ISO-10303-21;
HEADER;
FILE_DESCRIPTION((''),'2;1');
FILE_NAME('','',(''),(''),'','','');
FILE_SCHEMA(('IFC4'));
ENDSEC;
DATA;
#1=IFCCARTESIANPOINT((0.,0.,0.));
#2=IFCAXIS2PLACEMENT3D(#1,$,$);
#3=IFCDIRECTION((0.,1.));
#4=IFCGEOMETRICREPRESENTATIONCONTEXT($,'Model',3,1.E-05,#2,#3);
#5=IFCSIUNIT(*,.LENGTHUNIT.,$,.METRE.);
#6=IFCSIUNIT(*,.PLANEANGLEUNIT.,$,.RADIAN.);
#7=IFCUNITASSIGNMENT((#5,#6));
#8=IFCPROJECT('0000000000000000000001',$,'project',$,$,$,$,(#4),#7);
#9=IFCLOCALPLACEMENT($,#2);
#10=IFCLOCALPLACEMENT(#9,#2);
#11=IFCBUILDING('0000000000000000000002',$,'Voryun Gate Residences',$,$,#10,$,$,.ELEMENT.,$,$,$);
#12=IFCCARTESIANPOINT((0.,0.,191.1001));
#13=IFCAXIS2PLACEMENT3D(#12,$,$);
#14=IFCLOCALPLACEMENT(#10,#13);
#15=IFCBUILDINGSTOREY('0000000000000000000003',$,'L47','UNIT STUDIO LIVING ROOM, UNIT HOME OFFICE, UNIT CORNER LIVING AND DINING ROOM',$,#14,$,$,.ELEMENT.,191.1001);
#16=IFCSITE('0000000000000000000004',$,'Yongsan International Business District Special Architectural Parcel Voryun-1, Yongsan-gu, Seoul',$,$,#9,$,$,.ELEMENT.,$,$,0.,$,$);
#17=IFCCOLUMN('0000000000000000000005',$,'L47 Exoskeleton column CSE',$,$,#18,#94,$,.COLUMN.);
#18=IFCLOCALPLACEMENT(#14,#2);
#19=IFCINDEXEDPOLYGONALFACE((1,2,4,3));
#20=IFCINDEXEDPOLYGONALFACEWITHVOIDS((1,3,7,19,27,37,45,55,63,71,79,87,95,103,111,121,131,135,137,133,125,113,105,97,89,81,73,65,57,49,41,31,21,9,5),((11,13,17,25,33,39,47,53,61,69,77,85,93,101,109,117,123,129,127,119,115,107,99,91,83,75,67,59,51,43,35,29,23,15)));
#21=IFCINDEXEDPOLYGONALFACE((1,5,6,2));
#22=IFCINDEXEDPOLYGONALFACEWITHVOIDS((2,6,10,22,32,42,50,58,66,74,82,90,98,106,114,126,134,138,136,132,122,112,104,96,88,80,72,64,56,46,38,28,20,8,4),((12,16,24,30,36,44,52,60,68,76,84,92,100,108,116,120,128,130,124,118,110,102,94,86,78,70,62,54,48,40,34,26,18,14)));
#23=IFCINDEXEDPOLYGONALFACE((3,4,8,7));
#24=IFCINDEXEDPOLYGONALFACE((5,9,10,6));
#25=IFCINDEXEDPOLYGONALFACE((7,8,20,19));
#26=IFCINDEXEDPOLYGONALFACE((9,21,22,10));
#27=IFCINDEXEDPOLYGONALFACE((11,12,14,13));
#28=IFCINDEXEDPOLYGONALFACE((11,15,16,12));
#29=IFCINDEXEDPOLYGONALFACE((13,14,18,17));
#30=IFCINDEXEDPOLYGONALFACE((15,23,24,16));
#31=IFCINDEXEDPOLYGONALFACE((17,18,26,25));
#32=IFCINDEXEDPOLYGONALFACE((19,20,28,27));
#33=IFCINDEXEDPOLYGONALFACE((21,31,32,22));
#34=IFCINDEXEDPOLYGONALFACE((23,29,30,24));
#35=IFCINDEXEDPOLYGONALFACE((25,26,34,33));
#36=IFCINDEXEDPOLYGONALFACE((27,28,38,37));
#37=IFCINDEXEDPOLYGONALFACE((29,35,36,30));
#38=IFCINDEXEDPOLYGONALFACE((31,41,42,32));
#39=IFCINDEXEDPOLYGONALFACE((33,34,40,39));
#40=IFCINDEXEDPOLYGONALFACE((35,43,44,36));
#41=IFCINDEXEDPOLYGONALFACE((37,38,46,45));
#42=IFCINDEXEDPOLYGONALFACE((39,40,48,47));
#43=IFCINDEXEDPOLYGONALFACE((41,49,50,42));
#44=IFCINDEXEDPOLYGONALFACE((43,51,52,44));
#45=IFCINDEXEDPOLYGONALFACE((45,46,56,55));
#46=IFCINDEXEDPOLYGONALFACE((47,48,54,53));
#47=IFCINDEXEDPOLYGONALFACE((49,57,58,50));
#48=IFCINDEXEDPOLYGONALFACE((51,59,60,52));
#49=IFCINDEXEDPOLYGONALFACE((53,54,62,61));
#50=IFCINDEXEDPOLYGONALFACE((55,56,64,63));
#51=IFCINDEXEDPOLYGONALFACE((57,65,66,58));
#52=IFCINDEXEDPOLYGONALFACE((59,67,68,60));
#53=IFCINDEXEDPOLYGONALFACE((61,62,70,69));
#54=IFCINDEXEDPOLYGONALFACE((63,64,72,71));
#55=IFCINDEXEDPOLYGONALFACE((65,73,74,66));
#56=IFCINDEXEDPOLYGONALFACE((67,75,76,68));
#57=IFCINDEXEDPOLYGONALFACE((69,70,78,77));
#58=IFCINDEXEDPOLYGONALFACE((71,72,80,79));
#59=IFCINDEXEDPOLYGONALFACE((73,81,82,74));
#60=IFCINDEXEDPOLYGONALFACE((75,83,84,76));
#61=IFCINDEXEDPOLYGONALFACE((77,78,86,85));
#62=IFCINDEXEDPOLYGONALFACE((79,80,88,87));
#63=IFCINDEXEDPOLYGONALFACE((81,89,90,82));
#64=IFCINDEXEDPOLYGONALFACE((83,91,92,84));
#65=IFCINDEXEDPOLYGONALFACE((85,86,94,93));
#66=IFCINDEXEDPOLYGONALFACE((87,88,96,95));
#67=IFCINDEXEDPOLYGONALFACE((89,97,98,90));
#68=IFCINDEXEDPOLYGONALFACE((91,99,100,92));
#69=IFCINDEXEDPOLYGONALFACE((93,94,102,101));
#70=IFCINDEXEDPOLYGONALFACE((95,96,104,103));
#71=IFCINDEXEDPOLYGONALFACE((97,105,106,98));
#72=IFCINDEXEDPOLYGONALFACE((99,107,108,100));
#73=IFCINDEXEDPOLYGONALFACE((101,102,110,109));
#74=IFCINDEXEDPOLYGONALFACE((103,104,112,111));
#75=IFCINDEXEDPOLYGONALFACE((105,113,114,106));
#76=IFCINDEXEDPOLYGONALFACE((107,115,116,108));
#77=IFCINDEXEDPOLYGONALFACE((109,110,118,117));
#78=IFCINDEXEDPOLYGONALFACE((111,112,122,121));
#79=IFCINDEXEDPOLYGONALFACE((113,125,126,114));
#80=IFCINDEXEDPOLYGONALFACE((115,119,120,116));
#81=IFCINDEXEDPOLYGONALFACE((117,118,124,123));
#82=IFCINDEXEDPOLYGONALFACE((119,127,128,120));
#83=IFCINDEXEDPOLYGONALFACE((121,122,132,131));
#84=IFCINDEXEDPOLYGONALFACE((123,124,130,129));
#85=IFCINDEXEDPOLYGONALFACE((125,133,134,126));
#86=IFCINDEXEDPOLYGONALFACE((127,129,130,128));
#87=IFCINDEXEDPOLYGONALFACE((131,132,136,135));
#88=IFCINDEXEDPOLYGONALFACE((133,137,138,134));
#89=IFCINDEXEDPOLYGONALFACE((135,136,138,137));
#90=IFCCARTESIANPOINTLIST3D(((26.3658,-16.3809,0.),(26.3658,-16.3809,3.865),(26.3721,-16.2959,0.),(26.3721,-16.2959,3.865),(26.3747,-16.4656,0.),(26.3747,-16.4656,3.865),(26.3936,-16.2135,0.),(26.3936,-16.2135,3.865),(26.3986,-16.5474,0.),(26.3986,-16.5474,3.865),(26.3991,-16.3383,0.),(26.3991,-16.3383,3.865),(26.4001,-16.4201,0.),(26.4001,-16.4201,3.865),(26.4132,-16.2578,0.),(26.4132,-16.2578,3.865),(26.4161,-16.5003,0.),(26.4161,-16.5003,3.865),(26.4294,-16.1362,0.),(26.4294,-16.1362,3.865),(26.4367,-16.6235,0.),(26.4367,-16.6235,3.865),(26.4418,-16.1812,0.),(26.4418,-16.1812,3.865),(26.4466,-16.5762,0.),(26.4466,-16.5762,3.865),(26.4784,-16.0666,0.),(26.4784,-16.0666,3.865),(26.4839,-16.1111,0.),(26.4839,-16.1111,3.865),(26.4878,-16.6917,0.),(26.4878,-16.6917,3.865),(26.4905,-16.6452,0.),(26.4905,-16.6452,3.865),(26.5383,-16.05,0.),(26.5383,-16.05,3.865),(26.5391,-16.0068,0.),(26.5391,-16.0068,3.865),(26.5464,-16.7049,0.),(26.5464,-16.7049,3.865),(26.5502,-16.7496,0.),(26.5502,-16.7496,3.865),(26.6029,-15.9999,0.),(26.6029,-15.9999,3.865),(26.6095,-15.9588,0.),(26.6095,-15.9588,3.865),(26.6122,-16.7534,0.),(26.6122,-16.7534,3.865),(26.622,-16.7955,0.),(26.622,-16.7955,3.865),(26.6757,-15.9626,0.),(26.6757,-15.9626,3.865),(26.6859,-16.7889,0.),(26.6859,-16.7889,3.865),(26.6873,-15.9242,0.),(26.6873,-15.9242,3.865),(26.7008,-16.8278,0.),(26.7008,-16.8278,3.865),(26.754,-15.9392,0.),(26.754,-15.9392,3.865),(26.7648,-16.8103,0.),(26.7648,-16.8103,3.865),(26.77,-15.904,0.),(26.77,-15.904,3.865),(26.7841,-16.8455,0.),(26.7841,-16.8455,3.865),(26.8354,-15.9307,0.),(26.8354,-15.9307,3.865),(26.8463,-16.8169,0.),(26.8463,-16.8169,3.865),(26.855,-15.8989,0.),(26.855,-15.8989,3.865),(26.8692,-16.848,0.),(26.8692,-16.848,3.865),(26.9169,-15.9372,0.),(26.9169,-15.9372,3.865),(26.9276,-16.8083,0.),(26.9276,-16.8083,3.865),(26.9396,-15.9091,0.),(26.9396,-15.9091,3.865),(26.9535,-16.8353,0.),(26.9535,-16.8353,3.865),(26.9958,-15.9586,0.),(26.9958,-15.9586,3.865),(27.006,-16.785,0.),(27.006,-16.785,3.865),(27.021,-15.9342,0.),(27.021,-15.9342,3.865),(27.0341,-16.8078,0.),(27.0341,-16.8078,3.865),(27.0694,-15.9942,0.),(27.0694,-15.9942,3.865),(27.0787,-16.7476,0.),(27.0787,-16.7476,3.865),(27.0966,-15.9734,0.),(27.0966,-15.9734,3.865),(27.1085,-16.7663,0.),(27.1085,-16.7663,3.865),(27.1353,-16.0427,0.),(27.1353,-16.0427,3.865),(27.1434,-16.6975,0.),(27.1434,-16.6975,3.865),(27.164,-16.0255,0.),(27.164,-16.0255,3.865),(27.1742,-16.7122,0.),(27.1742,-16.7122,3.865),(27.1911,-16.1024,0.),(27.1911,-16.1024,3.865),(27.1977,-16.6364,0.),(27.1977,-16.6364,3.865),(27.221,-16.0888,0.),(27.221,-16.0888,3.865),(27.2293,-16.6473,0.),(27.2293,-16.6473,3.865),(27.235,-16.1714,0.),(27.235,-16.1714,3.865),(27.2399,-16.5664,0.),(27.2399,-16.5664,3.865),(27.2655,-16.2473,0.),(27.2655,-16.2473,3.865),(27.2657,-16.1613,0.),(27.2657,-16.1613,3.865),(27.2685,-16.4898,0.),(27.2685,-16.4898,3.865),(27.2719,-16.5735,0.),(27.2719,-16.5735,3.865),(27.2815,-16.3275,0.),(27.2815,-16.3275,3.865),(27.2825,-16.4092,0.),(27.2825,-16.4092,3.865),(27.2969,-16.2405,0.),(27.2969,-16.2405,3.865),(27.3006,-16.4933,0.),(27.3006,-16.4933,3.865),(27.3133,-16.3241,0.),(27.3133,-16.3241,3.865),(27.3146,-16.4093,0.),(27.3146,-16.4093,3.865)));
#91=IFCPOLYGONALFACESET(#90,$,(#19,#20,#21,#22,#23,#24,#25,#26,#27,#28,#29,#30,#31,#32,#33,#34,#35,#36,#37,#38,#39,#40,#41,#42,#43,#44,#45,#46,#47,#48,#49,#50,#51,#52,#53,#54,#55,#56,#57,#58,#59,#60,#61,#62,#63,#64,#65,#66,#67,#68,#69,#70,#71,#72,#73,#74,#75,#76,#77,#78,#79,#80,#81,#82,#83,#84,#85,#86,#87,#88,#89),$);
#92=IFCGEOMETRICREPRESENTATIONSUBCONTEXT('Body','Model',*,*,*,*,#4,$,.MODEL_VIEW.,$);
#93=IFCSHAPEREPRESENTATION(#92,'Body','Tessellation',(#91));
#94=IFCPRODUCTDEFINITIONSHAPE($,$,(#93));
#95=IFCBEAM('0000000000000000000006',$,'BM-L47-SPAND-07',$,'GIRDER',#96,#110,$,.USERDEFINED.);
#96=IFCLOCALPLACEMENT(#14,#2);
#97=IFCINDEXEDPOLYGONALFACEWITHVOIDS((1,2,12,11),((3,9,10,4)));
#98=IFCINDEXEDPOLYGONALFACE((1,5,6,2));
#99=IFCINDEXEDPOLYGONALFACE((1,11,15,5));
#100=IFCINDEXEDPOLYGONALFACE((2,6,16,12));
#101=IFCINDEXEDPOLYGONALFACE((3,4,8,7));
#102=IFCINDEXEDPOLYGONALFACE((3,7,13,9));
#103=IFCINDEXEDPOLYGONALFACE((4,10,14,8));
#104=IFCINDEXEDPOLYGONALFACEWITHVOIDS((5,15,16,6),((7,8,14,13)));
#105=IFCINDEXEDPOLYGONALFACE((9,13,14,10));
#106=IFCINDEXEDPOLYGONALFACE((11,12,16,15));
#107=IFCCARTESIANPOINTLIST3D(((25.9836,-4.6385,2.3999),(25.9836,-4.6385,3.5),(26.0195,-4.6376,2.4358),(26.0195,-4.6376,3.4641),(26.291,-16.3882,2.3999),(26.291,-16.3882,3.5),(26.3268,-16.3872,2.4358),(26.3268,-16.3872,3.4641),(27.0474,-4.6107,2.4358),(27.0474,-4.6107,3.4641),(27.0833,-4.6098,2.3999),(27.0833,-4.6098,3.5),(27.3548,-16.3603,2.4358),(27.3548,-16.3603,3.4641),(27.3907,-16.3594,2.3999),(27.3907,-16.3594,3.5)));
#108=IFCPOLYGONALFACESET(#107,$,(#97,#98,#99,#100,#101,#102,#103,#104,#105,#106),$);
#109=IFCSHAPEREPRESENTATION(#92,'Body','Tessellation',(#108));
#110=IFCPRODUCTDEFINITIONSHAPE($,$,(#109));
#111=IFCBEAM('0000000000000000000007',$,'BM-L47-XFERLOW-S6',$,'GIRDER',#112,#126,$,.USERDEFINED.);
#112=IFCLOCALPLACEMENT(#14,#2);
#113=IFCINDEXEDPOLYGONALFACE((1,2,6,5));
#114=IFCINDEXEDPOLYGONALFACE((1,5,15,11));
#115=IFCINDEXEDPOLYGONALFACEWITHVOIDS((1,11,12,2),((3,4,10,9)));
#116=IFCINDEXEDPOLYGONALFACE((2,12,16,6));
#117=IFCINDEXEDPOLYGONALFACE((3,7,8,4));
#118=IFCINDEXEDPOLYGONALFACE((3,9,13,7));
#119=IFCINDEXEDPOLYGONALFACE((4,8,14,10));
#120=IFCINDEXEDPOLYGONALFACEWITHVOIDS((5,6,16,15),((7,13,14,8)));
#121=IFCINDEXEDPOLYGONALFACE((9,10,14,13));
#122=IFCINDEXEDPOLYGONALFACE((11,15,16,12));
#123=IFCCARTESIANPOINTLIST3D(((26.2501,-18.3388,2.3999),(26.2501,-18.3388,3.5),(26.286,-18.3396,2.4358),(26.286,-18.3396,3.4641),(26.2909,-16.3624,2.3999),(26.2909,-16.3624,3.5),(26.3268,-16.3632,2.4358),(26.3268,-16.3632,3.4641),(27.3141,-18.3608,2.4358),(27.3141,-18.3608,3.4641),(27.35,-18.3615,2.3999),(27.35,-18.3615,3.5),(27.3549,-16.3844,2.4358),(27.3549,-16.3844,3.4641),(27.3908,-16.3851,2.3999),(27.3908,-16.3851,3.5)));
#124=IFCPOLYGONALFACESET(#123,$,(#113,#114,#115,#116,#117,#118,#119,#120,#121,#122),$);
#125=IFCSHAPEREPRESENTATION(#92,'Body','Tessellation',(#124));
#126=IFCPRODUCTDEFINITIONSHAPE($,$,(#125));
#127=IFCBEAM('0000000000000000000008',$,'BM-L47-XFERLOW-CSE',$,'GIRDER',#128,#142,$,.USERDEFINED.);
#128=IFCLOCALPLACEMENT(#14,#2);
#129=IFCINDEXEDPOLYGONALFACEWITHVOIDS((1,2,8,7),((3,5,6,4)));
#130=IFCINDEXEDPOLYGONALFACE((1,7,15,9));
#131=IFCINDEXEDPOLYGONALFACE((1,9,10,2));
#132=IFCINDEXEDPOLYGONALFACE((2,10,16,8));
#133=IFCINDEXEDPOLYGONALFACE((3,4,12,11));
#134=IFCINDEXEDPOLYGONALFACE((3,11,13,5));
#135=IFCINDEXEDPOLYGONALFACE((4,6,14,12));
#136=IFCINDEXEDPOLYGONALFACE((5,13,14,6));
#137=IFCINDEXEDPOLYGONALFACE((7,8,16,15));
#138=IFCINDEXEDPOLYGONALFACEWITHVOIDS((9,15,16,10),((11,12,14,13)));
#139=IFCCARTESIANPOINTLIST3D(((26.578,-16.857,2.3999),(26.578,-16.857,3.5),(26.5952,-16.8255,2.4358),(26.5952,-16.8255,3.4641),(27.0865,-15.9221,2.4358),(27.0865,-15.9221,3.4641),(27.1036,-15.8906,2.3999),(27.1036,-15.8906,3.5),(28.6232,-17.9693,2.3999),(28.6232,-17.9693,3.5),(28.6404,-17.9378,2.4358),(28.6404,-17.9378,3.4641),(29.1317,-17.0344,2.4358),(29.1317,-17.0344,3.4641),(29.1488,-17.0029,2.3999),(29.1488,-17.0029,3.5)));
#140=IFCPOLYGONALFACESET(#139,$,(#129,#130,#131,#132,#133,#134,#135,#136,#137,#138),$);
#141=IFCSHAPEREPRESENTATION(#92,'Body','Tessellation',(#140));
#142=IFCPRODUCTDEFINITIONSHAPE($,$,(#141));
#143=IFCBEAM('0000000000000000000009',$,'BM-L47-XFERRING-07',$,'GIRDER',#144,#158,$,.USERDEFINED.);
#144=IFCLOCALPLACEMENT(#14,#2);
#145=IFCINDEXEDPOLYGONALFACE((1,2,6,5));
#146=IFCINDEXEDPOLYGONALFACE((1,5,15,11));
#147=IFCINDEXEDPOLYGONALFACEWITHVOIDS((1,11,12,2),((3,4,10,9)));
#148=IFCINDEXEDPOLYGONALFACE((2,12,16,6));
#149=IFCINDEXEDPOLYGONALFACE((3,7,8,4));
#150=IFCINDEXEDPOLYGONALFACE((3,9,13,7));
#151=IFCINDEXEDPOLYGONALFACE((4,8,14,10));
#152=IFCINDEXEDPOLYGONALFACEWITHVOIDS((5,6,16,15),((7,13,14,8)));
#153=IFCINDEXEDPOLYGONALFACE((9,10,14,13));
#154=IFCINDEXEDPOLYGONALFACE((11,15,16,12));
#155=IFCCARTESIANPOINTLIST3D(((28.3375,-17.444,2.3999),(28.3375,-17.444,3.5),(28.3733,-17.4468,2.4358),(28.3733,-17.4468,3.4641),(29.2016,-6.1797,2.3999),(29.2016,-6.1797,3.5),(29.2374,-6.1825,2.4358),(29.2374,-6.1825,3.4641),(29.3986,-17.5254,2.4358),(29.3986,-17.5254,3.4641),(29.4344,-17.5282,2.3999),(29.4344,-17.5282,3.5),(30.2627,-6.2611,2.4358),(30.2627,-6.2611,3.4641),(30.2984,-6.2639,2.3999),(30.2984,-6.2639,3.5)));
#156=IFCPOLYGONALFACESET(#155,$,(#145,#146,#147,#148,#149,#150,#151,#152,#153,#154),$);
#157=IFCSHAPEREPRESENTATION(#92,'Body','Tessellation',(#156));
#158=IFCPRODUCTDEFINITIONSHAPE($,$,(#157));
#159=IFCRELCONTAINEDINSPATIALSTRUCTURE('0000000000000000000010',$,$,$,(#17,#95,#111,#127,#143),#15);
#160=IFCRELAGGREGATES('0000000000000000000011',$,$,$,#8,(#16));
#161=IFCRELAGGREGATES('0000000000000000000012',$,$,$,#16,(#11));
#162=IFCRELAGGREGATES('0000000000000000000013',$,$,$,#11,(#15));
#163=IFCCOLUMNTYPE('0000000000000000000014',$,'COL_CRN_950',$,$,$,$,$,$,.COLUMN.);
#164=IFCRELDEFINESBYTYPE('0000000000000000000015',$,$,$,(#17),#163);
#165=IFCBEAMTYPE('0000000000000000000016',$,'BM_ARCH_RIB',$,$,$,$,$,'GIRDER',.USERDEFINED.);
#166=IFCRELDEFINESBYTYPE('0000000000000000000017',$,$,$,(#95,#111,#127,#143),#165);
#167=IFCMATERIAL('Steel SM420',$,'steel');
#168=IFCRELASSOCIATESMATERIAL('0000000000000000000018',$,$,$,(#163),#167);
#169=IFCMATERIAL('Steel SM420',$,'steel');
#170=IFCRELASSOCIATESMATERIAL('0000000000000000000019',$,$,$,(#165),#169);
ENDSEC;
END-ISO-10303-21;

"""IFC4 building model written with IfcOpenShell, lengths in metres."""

from ifc_helpers import new_model, si_unit, direction, frame, origin, origin_2d, place, context, subcontext, project, spatial, hollow_rectangle, hollow_circle, extrude, material, material_profile, profile_set, type_object, element, save


model = new_model("IFC4")

# Units and contexts
model_context = context("Model", 3, precision=1e-05, world=origin(), true_north=direction((0.0, 1.0)))
body_context = subcontext(model_context, "Body", "Model", "MODEL_VIEW")
ifc_project = project(units=[si_unit("LENGTHUNIT", "METRE"), si_unit("PLANEANGLEUNIT", "RADIAN")], contexts=[model_context])

# Site, building, storey
site_placement = place(None, origin())
site = spatial("IfcSite", under=ifc_project, at=site_placement, Name="Yongsan International Business District Special Architectural Parcel Voryun-1, Yongsan-gu, Seoul", CompositionType="ELEMENT", RefElevation=0.0)
building_placement = place(site_placement, origin())
building = spatial("IfcBuilding", under=site, at=building_placement, Name="Voryun Gate Residences", CompositionType="ELEMENT")
storey_placement = place(building_placement, frame((0.0, 0.0, 191.1001)))
storey = spatial("IfcBuildingStorey", under=building, at=storey_placement, Name="L47", Description="UNIT STUDIO LIVING ROOM, UNIT HOME OFFICE, UNIT CORNER LIVING AND DINING ROOM", CompositionType="ELEMENT", Elevation=191.1001)

# Column
ifc_material_1 = material(Name="Steel SM420", Category="steel")
ifc_material_profile_1 = material_profile(ifc_material_1, hollow_circle(Radius=0.4751, WallThickness=0.032, at=origin_2d()), Name="CHS-950x32")
ifc_profile_set_1 = profile_set([ifc_material_profile_1], Name="Steel SM420")
column_type = type_object("IfcColumnType", Name="COL_CRN_950", PredefinedType="COLUMN", material=ifc_profile_set_1)
column_placement = place(storey_placement, frame((26.8408, -16.3738, 0.0), z_axis=(0.0, 0.0, 1.0), x_axis=(0.994522, 0.104528, 0.0)))
element("IfcColumn", 1, at=column_placement, inside=storey, type_object=column_type, Name="L47 Exoskeleton column CSE", PredefinedType="COLUMN", context=body_context, shape_type="SweptSolid", body=[
    extrude(hollow_circle(Radius=0.4751, WallThickness=0.032, at=origin_2d()), origin(), (0.0, 0.0, 1.0), 3.865),
])

# Beams
ifc_material_2 = material(Name="Steel SM420", Category="steel")
ifc_material_profile_2 = material_profile(ifc_material_2, hollow_rectangle(XDim=1.1001, YDim=1.1001, WallThickness=0.0359, at=origin_2d()), Name="BOX-1100x1100x36")
ifc_profile_set_2 = profile_set([ifc_material_profile_2], Name="Steel SM420")
beam_type = type_object("IfcBeamType", Name="BM_ARCH_RIB", ElementType="GIRDER", PredefinedType="USERDEFINED", material=ifc_profile_set_2)
beam_1_placement = place(storey_placement, frame((26.8408, -16.3738, 2.95), z_axis=(-0.026151, 0.999658, 0.0), x_axis=(-0.999658, -0.026151, 0.0)))
element("IfcBeam", 2, at=beam_1_placement, inside=storey, type_object=beam_type, Name="BM-L47-SPAND-07", ObjectType="GIRDER", PredefinedType="USERDEFINED", context=body_context, shape_type="SweptSolid", body=[
    extrude(hollow_rectangle(XDim=1.1001, YDim=1.1001, WallThickness=0.0359, at=origin_2d()), origin(), (0.0, 0.0, 1.0), 11.7537),
])
beam_2_placement = place(storey_placement, frame((26.8408, -16.3738, 2.95), z_axis=(-0.020626, -0.999787, 0.0), x_axis=(0.999787, -0.020626, 0.0)))
element("IfcBeam", 3, at=beam_2_placement, inside=storey, type_object=beam_type, Name="BM-L47-XFERLOW-S6", ObjectType="GIRDER", PredefinedType="USERDEFINED", context=body_context, shape_type="SweptSolid", body=[
    extrude(hollow_rectangle(XDim=1.1001, YDim=1.1001, WallThickness=0.0359, at=origin_2d()), origin(), (0.0, 0.0, 1.0), 1.9768),
])
beam_3_placement = place(storey_placement, frame((26.8408, -16.3738, 2.95), z_axis=(0.87848, -0.477779, 0.0), x_axis=(0.477779, 0.87848, 0.0)))
element("IfcBeam", 4, at=beam_3_placement, inside=storey, type_object=beam_type, Name="BM-L47-XFERLOW-CSE", ObjectType="GIRDER", PredefinedType="USERDEFINED", context=body_context, shape_type="SweptSolid", body=[
    extrude(hollow_rectangle(XDim=1.1001, YDim=1.1001, WallThickness=0.0359, at=origin_2d()), origin(), (0.0, 0.0, 1.0), 2.3281),
])
beam_4_placement = place(storey_placement, frame((28.886, -17.4861, 2.95), z_axis=(0.07648, 0.997071, 0.0), x_axis=(-0.997071, 0.07648, 0.0)))
element("IfcBeam", 5, at=beam_4_placement, inside=storey, type_object=beam_type, Name="BM-L47-XFERRING-07", ObjectType="GIRDER", PredefinedType="USERDEFINED", context=body_context, shape_type="SweptSolid", body=[
    extrude(hollow_rectangle(XDim=1.1001, YDim=1.1001, WallThickness=0.0359, at=origin_2d()), origin(), (0.0, 0.0, 1.0), 11.2974),
])

save(model, "model.ifc")
